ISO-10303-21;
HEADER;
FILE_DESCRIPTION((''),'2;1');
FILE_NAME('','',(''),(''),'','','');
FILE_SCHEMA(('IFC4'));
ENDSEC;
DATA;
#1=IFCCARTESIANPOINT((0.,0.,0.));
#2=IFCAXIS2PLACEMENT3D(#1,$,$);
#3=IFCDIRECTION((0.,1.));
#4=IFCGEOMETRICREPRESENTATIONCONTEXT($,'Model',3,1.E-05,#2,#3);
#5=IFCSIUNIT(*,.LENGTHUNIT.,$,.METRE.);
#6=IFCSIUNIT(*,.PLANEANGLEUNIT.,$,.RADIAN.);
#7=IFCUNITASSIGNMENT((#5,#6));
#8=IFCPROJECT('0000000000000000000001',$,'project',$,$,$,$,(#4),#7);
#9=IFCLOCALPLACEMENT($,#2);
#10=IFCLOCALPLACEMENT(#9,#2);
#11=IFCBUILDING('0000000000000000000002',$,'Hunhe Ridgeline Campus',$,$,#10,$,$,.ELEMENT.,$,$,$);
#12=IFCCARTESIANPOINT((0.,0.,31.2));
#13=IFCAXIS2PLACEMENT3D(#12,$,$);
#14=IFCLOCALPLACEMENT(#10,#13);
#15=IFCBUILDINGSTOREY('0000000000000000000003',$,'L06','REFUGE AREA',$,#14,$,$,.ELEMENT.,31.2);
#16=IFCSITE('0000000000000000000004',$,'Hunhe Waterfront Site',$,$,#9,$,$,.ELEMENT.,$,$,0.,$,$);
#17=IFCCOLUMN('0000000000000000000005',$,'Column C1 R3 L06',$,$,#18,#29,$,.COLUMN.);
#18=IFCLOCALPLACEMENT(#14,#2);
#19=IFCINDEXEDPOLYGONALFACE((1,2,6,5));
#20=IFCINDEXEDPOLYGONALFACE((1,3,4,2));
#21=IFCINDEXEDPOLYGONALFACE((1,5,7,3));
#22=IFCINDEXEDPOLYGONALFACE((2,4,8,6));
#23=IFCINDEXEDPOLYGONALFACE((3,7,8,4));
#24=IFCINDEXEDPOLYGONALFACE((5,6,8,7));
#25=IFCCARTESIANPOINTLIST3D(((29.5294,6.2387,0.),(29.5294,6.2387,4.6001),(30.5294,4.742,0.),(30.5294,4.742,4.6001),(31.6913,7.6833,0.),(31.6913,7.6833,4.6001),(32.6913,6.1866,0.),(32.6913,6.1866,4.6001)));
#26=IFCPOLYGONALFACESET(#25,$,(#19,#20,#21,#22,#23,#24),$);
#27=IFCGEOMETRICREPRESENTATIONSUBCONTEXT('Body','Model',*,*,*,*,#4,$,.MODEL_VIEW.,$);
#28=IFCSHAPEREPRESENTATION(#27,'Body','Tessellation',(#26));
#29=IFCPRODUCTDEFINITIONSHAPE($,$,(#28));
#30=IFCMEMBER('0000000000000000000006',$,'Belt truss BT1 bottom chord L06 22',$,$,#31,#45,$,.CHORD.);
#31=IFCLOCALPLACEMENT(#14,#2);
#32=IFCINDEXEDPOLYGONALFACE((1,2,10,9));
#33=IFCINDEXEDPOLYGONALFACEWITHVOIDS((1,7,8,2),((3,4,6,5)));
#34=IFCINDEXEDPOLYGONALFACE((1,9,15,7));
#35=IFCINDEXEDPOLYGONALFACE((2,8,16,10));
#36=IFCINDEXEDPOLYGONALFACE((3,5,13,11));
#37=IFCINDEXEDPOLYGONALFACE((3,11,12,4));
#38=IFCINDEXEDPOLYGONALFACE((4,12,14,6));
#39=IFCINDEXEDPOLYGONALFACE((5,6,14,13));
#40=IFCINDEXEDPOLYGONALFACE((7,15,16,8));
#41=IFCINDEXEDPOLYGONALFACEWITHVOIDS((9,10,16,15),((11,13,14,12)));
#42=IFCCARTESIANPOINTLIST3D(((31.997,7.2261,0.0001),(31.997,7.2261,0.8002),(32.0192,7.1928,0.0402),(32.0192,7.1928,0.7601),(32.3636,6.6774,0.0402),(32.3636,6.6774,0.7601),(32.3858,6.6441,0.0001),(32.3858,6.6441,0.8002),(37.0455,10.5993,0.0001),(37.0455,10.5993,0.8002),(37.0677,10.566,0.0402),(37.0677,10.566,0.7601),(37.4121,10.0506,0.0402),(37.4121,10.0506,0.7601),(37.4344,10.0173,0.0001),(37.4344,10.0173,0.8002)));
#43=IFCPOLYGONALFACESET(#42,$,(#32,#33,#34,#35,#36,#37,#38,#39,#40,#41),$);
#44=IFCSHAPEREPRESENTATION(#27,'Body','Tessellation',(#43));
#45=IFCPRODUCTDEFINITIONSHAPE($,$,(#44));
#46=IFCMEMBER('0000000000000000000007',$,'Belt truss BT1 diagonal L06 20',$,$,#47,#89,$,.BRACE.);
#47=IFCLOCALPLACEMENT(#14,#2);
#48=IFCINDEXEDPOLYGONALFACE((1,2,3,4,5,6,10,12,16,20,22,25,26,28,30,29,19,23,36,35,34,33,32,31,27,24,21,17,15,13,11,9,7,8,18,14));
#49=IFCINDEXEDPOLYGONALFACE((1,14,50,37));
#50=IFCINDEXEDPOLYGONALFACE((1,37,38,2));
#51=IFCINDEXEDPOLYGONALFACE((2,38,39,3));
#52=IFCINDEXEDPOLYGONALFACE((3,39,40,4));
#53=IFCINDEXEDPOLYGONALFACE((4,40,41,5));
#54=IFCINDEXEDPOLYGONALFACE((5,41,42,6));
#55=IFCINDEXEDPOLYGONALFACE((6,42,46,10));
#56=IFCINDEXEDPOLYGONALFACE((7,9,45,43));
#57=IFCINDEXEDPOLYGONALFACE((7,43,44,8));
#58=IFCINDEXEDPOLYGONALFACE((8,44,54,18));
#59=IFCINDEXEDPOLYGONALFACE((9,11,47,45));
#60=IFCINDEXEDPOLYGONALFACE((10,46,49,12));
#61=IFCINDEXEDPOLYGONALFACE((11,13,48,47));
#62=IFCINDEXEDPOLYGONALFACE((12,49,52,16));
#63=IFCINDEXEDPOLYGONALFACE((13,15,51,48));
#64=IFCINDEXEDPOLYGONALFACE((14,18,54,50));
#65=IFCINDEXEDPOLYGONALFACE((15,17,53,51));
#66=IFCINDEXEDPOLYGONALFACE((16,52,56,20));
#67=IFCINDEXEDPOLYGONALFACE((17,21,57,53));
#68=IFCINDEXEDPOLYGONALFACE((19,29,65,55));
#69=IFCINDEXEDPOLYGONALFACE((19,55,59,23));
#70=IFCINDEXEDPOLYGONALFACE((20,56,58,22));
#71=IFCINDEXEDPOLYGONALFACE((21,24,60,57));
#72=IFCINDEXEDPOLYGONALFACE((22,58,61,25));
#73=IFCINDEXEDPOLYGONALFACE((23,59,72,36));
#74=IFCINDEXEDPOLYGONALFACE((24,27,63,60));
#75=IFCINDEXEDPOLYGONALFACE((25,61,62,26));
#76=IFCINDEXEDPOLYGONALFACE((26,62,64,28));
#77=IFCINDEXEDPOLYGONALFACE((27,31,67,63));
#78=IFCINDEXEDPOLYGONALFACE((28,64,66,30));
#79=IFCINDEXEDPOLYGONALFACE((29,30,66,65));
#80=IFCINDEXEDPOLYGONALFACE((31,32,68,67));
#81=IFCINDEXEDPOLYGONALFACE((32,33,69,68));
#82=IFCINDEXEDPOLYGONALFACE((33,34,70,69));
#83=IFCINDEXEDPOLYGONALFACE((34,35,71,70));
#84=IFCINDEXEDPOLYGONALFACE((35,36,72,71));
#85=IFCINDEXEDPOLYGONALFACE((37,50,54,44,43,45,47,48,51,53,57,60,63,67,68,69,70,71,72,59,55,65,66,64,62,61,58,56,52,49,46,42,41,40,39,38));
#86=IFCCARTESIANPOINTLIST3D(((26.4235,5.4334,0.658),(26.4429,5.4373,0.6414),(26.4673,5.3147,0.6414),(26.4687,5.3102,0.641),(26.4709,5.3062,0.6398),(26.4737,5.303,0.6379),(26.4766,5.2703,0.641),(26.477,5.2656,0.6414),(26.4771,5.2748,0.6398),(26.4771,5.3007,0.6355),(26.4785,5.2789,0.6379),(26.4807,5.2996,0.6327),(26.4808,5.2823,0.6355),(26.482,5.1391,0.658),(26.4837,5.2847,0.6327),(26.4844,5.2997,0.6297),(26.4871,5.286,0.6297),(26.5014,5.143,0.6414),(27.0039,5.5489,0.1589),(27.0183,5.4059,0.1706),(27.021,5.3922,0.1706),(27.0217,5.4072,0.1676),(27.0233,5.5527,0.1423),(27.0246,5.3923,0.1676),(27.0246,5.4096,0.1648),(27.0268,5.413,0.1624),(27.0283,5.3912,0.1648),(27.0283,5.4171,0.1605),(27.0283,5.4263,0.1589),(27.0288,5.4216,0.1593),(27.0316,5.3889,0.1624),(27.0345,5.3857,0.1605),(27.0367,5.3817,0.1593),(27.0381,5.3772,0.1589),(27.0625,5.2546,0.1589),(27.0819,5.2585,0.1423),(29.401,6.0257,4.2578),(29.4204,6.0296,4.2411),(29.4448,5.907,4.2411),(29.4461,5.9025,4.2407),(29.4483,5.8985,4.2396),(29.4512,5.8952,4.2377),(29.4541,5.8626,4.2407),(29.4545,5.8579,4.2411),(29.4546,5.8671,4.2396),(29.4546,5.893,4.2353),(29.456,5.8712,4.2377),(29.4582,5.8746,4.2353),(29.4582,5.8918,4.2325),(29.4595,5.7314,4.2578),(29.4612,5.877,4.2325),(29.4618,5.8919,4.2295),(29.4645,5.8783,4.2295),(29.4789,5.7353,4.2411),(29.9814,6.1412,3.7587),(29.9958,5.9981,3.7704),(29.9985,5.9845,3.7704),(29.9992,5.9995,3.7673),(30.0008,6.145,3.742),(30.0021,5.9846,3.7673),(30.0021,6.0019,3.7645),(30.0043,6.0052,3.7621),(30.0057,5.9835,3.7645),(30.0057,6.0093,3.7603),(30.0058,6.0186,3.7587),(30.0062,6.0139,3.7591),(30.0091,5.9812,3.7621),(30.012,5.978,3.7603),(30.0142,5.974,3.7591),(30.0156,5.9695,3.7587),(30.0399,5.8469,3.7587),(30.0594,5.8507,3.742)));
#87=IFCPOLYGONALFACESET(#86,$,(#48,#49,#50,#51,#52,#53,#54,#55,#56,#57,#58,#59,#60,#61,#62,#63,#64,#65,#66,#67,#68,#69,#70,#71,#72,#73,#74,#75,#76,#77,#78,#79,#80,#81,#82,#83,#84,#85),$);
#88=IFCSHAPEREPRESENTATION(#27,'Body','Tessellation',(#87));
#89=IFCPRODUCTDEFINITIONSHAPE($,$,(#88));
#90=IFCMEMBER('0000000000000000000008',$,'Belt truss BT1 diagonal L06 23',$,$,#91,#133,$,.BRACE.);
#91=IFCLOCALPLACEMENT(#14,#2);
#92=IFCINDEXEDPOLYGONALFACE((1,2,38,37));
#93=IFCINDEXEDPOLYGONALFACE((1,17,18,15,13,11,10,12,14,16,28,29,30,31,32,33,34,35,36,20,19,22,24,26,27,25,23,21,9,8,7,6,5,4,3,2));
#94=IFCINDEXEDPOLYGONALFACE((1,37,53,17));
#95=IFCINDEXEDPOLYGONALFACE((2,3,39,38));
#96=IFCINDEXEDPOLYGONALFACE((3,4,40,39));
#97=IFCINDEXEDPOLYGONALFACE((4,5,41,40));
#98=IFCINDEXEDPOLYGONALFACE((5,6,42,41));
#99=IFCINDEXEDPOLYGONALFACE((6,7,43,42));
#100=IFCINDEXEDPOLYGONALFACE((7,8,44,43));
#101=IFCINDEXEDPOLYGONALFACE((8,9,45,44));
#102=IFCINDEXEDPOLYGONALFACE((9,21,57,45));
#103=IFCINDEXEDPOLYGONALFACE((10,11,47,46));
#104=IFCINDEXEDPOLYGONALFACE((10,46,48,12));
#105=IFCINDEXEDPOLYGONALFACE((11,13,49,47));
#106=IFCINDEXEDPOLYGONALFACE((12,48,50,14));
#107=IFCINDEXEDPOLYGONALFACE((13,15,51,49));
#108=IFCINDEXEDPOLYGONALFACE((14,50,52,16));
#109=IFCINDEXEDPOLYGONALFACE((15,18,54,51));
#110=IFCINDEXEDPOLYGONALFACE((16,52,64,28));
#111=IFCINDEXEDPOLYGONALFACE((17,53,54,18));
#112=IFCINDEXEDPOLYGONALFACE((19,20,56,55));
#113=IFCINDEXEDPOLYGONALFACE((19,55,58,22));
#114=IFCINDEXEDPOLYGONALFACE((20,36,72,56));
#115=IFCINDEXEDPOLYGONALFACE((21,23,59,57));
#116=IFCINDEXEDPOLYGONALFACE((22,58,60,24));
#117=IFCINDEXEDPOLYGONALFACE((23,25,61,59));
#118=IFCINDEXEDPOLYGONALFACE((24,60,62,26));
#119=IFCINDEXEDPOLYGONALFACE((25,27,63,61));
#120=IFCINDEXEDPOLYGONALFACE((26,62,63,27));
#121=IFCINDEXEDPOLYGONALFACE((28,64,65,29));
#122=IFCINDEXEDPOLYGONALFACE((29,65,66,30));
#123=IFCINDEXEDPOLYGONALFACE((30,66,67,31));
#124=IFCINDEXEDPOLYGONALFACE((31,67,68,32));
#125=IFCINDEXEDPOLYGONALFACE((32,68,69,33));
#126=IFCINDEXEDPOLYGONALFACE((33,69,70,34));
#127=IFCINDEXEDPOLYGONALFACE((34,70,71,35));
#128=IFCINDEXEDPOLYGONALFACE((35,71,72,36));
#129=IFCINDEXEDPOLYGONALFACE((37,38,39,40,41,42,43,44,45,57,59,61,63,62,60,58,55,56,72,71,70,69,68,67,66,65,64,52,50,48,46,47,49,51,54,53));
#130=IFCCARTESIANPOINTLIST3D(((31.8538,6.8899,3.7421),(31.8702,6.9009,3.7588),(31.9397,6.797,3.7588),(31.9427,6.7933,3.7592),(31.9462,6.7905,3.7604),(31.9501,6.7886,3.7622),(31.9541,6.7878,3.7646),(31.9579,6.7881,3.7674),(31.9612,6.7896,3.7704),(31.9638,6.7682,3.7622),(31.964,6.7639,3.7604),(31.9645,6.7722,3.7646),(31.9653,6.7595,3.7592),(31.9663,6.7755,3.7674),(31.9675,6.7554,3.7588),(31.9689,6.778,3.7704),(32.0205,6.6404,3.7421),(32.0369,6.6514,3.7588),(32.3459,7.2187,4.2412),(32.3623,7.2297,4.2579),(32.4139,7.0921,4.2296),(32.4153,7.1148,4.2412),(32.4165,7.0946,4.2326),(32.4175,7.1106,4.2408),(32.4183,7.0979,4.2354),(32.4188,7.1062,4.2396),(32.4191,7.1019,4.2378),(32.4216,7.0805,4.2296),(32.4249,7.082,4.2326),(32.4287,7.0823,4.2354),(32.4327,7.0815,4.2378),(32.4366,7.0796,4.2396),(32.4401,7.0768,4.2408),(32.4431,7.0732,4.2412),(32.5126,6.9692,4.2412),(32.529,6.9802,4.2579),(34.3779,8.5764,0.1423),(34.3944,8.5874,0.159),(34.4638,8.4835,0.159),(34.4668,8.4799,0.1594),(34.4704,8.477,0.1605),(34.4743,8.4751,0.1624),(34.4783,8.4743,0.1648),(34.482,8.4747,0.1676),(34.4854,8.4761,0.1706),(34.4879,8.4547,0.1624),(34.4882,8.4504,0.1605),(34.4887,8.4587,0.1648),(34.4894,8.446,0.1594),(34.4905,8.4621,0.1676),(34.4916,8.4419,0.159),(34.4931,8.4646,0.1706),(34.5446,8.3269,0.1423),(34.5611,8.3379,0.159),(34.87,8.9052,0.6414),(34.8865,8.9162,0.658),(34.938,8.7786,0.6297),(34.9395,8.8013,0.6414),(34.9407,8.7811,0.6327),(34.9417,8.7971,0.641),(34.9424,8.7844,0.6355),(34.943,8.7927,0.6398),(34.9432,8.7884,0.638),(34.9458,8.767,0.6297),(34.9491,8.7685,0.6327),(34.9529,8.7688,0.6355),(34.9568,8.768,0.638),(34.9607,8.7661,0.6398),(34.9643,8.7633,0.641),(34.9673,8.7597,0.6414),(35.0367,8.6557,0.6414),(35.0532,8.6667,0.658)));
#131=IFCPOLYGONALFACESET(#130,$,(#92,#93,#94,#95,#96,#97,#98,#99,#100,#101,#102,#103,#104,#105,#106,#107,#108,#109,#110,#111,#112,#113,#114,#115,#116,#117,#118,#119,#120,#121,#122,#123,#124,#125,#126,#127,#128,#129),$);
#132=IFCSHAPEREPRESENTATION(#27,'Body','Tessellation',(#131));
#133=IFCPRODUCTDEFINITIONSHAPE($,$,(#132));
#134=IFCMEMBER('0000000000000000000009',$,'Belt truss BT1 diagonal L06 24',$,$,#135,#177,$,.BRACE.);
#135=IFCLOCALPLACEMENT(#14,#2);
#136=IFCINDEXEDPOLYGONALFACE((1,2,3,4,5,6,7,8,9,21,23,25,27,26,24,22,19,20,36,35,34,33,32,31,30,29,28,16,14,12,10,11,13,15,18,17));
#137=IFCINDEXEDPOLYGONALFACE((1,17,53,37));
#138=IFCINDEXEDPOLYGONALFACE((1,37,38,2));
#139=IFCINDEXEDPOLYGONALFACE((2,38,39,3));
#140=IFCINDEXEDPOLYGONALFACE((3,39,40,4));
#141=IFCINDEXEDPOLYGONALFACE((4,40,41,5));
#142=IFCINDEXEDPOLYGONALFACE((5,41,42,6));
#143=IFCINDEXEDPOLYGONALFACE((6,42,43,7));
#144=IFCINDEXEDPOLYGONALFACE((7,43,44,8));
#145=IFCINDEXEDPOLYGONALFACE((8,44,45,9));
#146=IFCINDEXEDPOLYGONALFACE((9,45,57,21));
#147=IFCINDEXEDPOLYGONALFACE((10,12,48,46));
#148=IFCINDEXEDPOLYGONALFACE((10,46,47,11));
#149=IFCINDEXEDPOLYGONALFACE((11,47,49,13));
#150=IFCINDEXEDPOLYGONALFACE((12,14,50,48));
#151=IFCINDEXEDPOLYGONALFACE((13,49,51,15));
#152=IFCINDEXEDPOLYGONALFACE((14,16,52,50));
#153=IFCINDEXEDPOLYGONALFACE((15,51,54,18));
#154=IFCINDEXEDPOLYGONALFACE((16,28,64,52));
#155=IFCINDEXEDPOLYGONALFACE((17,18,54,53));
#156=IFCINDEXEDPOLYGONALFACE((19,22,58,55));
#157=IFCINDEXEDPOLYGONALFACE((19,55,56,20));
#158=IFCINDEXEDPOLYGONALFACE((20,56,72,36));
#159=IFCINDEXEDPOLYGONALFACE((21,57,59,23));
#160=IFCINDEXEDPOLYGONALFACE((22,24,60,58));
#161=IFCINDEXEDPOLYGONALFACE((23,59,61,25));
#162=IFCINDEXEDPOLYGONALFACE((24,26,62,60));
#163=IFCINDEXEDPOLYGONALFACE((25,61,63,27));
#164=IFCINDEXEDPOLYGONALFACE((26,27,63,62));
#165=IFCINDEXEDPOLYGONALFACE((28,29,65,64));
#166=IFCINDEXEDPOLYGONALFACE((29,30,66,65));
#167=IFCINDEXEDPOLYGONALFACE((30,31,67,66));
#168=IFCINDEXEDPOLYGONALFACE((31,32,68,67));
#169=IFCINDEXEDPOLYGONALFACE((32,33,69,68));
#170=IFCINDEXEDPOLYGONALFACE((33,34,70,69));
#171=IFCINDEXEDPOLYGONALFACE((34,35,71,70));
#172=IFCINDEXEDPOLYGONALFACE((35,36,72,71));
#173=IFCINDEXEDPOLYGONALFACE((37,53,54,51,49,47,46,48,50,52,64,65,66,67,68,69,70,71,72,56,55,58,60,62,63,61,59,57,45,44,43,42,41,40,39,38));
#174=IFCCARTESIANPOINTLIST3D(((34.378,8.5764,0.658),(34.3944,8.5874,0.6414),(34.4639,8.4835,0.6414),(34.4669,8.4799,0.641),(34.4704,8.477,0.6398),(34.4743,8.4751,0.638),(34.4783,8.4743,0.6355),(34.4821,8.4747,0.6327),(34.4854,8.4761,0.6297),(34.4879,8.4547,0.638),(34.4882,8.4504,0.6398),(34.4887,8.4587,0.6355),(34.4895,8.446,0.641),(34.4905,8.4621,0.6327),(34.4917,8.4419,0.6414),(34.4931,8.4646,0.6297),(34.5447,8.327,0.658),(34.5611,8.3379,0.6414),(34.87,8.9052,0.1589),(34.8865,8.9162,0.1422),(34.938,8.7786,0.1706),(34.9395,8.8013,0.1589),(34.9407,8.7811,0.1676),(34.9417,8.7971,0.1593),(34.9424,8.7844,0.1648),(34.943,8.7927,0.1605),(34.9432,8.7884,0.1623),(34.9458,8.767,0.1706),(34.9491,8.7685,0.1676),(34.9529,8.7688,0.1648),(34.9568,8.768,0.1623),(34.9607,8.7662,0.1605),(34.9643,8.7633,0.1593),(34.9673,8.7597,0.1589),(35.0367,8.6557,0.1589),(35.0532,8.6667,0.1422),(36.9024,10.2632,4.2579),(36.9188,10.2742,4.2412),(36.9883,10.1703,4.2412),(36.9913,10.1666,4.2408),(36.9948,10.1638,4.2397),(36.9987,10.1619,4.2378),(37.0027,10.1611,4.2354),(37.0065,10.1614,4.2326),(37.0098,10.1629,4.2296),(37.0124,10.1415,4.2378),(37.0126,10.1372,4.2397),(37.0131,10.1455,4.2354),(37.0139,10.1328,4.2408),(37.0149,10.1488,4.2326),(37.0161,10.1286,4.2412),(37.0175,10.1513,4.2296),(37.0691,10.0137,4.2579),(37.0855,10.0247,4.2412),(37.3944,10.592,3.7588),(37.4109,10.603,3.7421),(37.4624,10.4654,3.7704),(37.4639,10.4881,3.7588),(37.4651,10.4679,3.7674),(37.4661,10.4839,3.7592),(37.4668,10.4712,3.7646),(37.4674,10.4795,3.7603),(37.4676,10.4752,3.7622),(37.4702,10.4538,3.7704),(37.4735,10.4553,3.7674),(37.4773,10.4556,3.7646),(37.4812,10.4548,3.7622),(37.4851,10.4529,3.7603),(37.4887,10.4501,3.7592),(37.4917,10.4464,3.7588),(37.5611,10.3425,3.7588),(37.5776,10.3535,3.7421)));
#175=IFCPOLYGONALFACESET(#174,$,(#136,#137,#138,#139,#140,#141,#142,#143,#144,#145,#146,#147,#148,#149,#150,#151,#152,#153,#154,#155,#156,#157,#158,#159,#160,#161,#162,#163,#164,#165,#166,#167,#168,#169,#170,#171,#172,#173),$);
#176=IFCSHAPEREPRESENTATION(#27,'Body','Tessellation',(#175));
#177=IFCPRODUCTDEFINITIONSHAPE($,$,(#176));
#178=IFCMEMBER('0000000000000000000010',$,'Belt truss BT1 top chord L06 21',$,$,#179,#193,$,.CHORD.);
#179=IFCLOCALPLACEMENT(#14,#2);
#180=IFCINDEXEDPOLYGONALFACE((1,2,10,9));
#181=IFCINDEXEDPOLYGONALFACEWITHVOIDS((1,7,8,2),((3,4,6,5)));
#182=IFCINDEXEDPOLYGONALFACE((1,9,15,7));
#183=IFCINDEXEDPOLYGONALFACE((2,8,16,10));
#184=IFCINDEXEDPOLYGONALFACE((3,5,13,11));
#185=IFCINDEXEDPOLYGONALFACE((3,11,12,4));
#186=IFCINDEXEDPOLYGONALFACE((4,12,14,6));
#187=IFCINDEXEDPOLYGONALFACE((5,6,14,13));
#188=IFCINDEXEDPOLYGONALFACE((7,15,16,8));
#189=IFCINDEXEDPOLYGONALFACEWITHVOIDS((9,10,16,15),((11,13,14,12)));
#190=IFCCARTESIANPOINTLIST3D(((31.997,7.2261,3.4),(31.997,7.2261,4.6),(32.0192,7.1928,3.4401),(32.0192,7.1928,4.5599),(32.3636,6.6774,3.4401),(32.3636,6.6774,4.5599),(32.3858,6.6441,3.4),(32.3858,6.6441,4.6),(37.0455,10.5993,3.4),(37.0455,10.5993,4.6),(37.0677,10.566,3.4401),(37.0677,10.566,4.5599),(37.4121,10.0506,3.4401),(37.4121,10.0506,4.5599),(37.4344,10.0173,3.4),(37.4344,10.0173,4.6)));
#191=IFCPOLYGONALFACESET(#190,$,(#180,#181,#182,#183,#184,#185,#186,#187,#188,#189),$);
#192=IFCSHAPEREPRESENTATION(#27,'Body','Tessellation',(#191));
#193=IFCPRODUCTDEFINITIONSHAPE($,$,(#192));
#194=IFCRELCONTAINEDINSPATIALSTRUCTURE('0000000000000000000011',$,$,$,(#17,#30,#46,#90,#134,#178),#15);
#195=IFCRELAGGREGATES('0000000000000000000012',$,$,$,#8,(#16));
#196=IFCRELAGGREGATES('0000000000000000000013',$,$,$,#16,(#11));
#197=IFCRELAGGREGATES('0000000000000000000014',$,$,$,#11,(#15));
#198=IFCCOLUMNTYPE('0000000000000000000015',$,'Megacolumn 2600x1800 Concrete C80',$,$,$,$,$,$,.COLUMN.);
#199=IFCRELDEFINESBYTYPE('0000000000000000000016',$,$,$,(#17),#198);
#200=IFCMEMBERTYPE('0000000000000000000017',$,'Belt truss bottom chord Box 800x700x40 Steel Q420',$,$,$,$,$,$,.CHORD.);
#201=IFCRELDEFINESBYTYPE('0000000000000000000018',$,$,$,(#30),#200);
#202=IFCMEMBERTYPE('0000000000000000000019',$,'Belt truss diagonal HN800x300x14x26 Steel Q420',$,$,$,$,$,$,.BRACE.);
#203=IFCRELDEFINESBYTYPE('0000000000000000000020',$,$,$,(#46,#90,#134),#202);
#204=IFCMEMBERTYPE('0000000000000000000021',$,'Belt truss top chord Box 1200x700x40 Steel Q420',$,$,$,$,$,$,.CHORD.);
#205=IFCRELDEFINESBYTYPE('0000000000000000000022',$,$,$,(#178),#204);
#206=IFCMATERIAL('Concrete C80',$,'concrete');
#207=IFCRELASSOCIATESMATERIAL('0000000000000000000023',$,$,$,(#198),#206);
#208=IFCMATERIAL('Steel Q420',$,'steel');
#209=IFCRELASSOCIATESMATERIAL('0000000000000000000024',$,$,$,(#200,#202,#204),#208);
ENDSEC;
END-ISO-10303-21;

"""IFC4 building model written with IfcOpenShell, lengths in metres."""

from ifc_helpers import new_model, si_unit, direction, frame, origin, origin_2d, place, context, subcontext, project, spatial, rectangle, hollow_rectangle, i_section, extrude, material, material_profile, profile_set, type_object, element, save


model = new_model("IFC4")

# Units and contexts
model_context = context("Model", 3, precision=1e-05, world=origin(), true_north=direction((0.0, 1.0)))
body_context = subcontext(model_context, "Body", "Model", "MODEL_VIEW")
ifc_project = project(units=[si_unit("LENGTHUNIT", "METRE"), si_unit("PLANEANGLEUNIT", "RADIAN")], contexts=[model_context])

# Site, building, storey
site_placement = place(None, origin())
site = spatial("IfcSite", under=ifc_project, at=site_placement, Name="Hunhe Waterfront Site", CompositionType="ELEMENT", RefElevation=0.0)
building_placement = place(site_placement, origin())
building = spatial("IfcBuilding", under=site, at=building_placement, Name="Hunhe Ridgeline Campus", CompositionType="ELEMENT")
storey_placement = place(building_placement, frame((0.0, 0.0, 31.2)))
storey = spatial("IfcBuildingStorey", under=building, at=storey_placement, Name="L06", Description="REFUGE AREA", CompositionType="ELEMENT", Elevation=31.2)

# Column
ifc_material_1 = material(Name="Concrete C80", Category="concrete")
ifc_material_profile_1 = material_profile(ifc_material_1, rectangle(XDim=2.6001, YDim=1.8, at=origin_2d()))
ifc_profile_set_1 = profile_set([ifc_material_profile_1], Name="Concrete C80")
column_type = type_object("IfcColumnType", Name="Megacolumn 2600x1800 Concrete C80", PredefinedType="COLUMN", material=ifc_profile_set_1)
column_placement = place(storey_placement, frame((31.1104, 6.2126, 0.0), z_axis=(0.0, 0.0, 1.0), x_axis=(0.83147, 0.55557, 0.0)))
element("IfcColumn", 1, at=column_placement, inside=storey, type_object=column_type, Name="Column C1 R3 L06", PredefinedType="COLUMN", context=body_context, shape_type="SweptSolid", body=[
    extrude(rectangle(XDim=2.6001, YDim=1.8, at=origin_2d()), origin(), (0.0, 0.0, 1.0), 4.6001),
])

# Members
ifc_material_2 = material(Name="Steel Q420", Category="steel")
ifc_material_profile_2 = material_profile(ifc_material_2, hollow_rectangle(XDim=0.7, YDim=0.8, WallThickness=0.04, at=origin_2d()))
ifc_profile_set_2 = profile_set([ifc_material_profile_2], Name="Steel Q420")
member_type_1 = type_object("IfcMemberType", Name="Belt truss bottom chord Box 800x700x40 Steel Q420", PredefinedType="CHORD", material=ifc_profile_set_2)
member_1_placement = place(storey_placement, frame((32.1914, 6.9351, 0.4001), z_axis=(0.831475, 0.555563, 0.0), x_axis=(-0.555563, 0.831475, 0.0)))
element("IfcMember", 2, at=member_1_placement, inside=storey, type_object=member_type_1, Name="Belt truss BT1 bottom chord L06 22", PredefinedType="CHORD", context=body_context, shape_type="SweptSolid", body=[
    extrude(hollow_rectangle(XDim=0.7, YDim=0.8, WallThickness=0.04, at=origin_2d()), origin(), (0.0, 0.0, 1.0), 6.0718),
])
ifc_material_profile_3 = material_profile(ifc_material_2, i_section(OverallWidth=0.3, OverallDepth=0.8, WebThickness=0.0139, FlangeThickness=0.0259, FilletRadius=0.0181, at=origin_2d()))
ifc_profile_set_3 = profile_set([ifc_material_profile_3], Name="Steel Q420")
member_type_2 = type_object("IfcMemberType", Name="Belt truss diagonal HN800x300x14x26 Steel Q420", PredefinedType="BRACE", material=ifc_profile_set_3)
for number, where, z_axis, x_axis, name in (
    (3, (26.7527, 5.3459, 0.4001), (0.632297, 0.125775, 0.764449), (-0.195095, 0.980784, 0.0), "Belt truss BT1 diagonal L06 20"),
    (4, (32.1914, 6.9351, 4.0), (0.53603, 0.358148, -0.764461), (-0.555554, 0.831481, 0.0), "Belt truss BT1 diagonal L06 23"),
):
    element("IfcMember", number, at=place(storey_placement, frame(where, z_axis=z_axis, x_axis=x_axis)), inside=storey, type_object=member_type_2, Name=name, PredefinedType="BRACE", context=body_context, shape_type="SweptSolid", body=[
        extrude(i_section(OverallWidth=0.3, OverallDepth=0.8, WebThickness=0.0139, FlangeThickness=0.0259, FilletRadius=0.0181, at=origin_2d()), origin(), (0.0, 0.0, 1.0), 4.709),
    ])
member_2_placement = place(storey_placement, frame((34.7156, 8.6216, 0.4001), z_axis=(0.536057, 0.358184, 0.764426), x_axis=(-0.555572, 0.831468, 0.0)))
element("IfcMember", 5, at=member_2_placement, inside=storey, type_object=member_type_2, Name="Belt truss BT1 diagonal L06 24", PredefinedType="BRACE", context=body_context, shape_type="SweptSolid", body=[
    extrude(i_section(OverallWidth=0.3, OverallDepth=0.8, WebThickness=0.0139, FlangeThickness=0.0259, FilletRadius=0.0181, at=origin_2d()), origin(), (0.0, 0.0, 1.0), 4.7092),
])
ifc_material_profile_4 = material_profile(ifc_material_2, hollow_rectangle(XDim=0.7, YDim=1.2, WallThickness=0.04, at=origin_2d()))
ifc_profile_set_4 = profile_set([ifc_material_profile_4], Name="Steel Q420")
member_type_3 = type_object("IfcMemberType", Name="Belt truss top chord Box 1200x700x40 Steel Q420", PredefinedType="CHORD", material=ifc_profile_set_4)
member_3_placement = place(storey_placement, frame((32.1914, 6.9351, 4.0), z_axis=(0.831475, 0.555563, 0.0), x_axis=(-0.555563, 0.831475, 0.0)))
element("IfcMember", 6, at=member_3_placement, inside=storey, type_object=member_type_3, Name="Belt truss BT1 top chord L06 21", PredefinedType="CHORD", context=body_context, shape_type="SweptSolid", body=[
    extrude(hollow_rectangle(XDim=0.7, YDim=1.2, WallThickness=0.04, at=origin_2d()), origin(), (0.0, 0.0, 1.0), 6.0718),
])

save(model, "model.ifc")
